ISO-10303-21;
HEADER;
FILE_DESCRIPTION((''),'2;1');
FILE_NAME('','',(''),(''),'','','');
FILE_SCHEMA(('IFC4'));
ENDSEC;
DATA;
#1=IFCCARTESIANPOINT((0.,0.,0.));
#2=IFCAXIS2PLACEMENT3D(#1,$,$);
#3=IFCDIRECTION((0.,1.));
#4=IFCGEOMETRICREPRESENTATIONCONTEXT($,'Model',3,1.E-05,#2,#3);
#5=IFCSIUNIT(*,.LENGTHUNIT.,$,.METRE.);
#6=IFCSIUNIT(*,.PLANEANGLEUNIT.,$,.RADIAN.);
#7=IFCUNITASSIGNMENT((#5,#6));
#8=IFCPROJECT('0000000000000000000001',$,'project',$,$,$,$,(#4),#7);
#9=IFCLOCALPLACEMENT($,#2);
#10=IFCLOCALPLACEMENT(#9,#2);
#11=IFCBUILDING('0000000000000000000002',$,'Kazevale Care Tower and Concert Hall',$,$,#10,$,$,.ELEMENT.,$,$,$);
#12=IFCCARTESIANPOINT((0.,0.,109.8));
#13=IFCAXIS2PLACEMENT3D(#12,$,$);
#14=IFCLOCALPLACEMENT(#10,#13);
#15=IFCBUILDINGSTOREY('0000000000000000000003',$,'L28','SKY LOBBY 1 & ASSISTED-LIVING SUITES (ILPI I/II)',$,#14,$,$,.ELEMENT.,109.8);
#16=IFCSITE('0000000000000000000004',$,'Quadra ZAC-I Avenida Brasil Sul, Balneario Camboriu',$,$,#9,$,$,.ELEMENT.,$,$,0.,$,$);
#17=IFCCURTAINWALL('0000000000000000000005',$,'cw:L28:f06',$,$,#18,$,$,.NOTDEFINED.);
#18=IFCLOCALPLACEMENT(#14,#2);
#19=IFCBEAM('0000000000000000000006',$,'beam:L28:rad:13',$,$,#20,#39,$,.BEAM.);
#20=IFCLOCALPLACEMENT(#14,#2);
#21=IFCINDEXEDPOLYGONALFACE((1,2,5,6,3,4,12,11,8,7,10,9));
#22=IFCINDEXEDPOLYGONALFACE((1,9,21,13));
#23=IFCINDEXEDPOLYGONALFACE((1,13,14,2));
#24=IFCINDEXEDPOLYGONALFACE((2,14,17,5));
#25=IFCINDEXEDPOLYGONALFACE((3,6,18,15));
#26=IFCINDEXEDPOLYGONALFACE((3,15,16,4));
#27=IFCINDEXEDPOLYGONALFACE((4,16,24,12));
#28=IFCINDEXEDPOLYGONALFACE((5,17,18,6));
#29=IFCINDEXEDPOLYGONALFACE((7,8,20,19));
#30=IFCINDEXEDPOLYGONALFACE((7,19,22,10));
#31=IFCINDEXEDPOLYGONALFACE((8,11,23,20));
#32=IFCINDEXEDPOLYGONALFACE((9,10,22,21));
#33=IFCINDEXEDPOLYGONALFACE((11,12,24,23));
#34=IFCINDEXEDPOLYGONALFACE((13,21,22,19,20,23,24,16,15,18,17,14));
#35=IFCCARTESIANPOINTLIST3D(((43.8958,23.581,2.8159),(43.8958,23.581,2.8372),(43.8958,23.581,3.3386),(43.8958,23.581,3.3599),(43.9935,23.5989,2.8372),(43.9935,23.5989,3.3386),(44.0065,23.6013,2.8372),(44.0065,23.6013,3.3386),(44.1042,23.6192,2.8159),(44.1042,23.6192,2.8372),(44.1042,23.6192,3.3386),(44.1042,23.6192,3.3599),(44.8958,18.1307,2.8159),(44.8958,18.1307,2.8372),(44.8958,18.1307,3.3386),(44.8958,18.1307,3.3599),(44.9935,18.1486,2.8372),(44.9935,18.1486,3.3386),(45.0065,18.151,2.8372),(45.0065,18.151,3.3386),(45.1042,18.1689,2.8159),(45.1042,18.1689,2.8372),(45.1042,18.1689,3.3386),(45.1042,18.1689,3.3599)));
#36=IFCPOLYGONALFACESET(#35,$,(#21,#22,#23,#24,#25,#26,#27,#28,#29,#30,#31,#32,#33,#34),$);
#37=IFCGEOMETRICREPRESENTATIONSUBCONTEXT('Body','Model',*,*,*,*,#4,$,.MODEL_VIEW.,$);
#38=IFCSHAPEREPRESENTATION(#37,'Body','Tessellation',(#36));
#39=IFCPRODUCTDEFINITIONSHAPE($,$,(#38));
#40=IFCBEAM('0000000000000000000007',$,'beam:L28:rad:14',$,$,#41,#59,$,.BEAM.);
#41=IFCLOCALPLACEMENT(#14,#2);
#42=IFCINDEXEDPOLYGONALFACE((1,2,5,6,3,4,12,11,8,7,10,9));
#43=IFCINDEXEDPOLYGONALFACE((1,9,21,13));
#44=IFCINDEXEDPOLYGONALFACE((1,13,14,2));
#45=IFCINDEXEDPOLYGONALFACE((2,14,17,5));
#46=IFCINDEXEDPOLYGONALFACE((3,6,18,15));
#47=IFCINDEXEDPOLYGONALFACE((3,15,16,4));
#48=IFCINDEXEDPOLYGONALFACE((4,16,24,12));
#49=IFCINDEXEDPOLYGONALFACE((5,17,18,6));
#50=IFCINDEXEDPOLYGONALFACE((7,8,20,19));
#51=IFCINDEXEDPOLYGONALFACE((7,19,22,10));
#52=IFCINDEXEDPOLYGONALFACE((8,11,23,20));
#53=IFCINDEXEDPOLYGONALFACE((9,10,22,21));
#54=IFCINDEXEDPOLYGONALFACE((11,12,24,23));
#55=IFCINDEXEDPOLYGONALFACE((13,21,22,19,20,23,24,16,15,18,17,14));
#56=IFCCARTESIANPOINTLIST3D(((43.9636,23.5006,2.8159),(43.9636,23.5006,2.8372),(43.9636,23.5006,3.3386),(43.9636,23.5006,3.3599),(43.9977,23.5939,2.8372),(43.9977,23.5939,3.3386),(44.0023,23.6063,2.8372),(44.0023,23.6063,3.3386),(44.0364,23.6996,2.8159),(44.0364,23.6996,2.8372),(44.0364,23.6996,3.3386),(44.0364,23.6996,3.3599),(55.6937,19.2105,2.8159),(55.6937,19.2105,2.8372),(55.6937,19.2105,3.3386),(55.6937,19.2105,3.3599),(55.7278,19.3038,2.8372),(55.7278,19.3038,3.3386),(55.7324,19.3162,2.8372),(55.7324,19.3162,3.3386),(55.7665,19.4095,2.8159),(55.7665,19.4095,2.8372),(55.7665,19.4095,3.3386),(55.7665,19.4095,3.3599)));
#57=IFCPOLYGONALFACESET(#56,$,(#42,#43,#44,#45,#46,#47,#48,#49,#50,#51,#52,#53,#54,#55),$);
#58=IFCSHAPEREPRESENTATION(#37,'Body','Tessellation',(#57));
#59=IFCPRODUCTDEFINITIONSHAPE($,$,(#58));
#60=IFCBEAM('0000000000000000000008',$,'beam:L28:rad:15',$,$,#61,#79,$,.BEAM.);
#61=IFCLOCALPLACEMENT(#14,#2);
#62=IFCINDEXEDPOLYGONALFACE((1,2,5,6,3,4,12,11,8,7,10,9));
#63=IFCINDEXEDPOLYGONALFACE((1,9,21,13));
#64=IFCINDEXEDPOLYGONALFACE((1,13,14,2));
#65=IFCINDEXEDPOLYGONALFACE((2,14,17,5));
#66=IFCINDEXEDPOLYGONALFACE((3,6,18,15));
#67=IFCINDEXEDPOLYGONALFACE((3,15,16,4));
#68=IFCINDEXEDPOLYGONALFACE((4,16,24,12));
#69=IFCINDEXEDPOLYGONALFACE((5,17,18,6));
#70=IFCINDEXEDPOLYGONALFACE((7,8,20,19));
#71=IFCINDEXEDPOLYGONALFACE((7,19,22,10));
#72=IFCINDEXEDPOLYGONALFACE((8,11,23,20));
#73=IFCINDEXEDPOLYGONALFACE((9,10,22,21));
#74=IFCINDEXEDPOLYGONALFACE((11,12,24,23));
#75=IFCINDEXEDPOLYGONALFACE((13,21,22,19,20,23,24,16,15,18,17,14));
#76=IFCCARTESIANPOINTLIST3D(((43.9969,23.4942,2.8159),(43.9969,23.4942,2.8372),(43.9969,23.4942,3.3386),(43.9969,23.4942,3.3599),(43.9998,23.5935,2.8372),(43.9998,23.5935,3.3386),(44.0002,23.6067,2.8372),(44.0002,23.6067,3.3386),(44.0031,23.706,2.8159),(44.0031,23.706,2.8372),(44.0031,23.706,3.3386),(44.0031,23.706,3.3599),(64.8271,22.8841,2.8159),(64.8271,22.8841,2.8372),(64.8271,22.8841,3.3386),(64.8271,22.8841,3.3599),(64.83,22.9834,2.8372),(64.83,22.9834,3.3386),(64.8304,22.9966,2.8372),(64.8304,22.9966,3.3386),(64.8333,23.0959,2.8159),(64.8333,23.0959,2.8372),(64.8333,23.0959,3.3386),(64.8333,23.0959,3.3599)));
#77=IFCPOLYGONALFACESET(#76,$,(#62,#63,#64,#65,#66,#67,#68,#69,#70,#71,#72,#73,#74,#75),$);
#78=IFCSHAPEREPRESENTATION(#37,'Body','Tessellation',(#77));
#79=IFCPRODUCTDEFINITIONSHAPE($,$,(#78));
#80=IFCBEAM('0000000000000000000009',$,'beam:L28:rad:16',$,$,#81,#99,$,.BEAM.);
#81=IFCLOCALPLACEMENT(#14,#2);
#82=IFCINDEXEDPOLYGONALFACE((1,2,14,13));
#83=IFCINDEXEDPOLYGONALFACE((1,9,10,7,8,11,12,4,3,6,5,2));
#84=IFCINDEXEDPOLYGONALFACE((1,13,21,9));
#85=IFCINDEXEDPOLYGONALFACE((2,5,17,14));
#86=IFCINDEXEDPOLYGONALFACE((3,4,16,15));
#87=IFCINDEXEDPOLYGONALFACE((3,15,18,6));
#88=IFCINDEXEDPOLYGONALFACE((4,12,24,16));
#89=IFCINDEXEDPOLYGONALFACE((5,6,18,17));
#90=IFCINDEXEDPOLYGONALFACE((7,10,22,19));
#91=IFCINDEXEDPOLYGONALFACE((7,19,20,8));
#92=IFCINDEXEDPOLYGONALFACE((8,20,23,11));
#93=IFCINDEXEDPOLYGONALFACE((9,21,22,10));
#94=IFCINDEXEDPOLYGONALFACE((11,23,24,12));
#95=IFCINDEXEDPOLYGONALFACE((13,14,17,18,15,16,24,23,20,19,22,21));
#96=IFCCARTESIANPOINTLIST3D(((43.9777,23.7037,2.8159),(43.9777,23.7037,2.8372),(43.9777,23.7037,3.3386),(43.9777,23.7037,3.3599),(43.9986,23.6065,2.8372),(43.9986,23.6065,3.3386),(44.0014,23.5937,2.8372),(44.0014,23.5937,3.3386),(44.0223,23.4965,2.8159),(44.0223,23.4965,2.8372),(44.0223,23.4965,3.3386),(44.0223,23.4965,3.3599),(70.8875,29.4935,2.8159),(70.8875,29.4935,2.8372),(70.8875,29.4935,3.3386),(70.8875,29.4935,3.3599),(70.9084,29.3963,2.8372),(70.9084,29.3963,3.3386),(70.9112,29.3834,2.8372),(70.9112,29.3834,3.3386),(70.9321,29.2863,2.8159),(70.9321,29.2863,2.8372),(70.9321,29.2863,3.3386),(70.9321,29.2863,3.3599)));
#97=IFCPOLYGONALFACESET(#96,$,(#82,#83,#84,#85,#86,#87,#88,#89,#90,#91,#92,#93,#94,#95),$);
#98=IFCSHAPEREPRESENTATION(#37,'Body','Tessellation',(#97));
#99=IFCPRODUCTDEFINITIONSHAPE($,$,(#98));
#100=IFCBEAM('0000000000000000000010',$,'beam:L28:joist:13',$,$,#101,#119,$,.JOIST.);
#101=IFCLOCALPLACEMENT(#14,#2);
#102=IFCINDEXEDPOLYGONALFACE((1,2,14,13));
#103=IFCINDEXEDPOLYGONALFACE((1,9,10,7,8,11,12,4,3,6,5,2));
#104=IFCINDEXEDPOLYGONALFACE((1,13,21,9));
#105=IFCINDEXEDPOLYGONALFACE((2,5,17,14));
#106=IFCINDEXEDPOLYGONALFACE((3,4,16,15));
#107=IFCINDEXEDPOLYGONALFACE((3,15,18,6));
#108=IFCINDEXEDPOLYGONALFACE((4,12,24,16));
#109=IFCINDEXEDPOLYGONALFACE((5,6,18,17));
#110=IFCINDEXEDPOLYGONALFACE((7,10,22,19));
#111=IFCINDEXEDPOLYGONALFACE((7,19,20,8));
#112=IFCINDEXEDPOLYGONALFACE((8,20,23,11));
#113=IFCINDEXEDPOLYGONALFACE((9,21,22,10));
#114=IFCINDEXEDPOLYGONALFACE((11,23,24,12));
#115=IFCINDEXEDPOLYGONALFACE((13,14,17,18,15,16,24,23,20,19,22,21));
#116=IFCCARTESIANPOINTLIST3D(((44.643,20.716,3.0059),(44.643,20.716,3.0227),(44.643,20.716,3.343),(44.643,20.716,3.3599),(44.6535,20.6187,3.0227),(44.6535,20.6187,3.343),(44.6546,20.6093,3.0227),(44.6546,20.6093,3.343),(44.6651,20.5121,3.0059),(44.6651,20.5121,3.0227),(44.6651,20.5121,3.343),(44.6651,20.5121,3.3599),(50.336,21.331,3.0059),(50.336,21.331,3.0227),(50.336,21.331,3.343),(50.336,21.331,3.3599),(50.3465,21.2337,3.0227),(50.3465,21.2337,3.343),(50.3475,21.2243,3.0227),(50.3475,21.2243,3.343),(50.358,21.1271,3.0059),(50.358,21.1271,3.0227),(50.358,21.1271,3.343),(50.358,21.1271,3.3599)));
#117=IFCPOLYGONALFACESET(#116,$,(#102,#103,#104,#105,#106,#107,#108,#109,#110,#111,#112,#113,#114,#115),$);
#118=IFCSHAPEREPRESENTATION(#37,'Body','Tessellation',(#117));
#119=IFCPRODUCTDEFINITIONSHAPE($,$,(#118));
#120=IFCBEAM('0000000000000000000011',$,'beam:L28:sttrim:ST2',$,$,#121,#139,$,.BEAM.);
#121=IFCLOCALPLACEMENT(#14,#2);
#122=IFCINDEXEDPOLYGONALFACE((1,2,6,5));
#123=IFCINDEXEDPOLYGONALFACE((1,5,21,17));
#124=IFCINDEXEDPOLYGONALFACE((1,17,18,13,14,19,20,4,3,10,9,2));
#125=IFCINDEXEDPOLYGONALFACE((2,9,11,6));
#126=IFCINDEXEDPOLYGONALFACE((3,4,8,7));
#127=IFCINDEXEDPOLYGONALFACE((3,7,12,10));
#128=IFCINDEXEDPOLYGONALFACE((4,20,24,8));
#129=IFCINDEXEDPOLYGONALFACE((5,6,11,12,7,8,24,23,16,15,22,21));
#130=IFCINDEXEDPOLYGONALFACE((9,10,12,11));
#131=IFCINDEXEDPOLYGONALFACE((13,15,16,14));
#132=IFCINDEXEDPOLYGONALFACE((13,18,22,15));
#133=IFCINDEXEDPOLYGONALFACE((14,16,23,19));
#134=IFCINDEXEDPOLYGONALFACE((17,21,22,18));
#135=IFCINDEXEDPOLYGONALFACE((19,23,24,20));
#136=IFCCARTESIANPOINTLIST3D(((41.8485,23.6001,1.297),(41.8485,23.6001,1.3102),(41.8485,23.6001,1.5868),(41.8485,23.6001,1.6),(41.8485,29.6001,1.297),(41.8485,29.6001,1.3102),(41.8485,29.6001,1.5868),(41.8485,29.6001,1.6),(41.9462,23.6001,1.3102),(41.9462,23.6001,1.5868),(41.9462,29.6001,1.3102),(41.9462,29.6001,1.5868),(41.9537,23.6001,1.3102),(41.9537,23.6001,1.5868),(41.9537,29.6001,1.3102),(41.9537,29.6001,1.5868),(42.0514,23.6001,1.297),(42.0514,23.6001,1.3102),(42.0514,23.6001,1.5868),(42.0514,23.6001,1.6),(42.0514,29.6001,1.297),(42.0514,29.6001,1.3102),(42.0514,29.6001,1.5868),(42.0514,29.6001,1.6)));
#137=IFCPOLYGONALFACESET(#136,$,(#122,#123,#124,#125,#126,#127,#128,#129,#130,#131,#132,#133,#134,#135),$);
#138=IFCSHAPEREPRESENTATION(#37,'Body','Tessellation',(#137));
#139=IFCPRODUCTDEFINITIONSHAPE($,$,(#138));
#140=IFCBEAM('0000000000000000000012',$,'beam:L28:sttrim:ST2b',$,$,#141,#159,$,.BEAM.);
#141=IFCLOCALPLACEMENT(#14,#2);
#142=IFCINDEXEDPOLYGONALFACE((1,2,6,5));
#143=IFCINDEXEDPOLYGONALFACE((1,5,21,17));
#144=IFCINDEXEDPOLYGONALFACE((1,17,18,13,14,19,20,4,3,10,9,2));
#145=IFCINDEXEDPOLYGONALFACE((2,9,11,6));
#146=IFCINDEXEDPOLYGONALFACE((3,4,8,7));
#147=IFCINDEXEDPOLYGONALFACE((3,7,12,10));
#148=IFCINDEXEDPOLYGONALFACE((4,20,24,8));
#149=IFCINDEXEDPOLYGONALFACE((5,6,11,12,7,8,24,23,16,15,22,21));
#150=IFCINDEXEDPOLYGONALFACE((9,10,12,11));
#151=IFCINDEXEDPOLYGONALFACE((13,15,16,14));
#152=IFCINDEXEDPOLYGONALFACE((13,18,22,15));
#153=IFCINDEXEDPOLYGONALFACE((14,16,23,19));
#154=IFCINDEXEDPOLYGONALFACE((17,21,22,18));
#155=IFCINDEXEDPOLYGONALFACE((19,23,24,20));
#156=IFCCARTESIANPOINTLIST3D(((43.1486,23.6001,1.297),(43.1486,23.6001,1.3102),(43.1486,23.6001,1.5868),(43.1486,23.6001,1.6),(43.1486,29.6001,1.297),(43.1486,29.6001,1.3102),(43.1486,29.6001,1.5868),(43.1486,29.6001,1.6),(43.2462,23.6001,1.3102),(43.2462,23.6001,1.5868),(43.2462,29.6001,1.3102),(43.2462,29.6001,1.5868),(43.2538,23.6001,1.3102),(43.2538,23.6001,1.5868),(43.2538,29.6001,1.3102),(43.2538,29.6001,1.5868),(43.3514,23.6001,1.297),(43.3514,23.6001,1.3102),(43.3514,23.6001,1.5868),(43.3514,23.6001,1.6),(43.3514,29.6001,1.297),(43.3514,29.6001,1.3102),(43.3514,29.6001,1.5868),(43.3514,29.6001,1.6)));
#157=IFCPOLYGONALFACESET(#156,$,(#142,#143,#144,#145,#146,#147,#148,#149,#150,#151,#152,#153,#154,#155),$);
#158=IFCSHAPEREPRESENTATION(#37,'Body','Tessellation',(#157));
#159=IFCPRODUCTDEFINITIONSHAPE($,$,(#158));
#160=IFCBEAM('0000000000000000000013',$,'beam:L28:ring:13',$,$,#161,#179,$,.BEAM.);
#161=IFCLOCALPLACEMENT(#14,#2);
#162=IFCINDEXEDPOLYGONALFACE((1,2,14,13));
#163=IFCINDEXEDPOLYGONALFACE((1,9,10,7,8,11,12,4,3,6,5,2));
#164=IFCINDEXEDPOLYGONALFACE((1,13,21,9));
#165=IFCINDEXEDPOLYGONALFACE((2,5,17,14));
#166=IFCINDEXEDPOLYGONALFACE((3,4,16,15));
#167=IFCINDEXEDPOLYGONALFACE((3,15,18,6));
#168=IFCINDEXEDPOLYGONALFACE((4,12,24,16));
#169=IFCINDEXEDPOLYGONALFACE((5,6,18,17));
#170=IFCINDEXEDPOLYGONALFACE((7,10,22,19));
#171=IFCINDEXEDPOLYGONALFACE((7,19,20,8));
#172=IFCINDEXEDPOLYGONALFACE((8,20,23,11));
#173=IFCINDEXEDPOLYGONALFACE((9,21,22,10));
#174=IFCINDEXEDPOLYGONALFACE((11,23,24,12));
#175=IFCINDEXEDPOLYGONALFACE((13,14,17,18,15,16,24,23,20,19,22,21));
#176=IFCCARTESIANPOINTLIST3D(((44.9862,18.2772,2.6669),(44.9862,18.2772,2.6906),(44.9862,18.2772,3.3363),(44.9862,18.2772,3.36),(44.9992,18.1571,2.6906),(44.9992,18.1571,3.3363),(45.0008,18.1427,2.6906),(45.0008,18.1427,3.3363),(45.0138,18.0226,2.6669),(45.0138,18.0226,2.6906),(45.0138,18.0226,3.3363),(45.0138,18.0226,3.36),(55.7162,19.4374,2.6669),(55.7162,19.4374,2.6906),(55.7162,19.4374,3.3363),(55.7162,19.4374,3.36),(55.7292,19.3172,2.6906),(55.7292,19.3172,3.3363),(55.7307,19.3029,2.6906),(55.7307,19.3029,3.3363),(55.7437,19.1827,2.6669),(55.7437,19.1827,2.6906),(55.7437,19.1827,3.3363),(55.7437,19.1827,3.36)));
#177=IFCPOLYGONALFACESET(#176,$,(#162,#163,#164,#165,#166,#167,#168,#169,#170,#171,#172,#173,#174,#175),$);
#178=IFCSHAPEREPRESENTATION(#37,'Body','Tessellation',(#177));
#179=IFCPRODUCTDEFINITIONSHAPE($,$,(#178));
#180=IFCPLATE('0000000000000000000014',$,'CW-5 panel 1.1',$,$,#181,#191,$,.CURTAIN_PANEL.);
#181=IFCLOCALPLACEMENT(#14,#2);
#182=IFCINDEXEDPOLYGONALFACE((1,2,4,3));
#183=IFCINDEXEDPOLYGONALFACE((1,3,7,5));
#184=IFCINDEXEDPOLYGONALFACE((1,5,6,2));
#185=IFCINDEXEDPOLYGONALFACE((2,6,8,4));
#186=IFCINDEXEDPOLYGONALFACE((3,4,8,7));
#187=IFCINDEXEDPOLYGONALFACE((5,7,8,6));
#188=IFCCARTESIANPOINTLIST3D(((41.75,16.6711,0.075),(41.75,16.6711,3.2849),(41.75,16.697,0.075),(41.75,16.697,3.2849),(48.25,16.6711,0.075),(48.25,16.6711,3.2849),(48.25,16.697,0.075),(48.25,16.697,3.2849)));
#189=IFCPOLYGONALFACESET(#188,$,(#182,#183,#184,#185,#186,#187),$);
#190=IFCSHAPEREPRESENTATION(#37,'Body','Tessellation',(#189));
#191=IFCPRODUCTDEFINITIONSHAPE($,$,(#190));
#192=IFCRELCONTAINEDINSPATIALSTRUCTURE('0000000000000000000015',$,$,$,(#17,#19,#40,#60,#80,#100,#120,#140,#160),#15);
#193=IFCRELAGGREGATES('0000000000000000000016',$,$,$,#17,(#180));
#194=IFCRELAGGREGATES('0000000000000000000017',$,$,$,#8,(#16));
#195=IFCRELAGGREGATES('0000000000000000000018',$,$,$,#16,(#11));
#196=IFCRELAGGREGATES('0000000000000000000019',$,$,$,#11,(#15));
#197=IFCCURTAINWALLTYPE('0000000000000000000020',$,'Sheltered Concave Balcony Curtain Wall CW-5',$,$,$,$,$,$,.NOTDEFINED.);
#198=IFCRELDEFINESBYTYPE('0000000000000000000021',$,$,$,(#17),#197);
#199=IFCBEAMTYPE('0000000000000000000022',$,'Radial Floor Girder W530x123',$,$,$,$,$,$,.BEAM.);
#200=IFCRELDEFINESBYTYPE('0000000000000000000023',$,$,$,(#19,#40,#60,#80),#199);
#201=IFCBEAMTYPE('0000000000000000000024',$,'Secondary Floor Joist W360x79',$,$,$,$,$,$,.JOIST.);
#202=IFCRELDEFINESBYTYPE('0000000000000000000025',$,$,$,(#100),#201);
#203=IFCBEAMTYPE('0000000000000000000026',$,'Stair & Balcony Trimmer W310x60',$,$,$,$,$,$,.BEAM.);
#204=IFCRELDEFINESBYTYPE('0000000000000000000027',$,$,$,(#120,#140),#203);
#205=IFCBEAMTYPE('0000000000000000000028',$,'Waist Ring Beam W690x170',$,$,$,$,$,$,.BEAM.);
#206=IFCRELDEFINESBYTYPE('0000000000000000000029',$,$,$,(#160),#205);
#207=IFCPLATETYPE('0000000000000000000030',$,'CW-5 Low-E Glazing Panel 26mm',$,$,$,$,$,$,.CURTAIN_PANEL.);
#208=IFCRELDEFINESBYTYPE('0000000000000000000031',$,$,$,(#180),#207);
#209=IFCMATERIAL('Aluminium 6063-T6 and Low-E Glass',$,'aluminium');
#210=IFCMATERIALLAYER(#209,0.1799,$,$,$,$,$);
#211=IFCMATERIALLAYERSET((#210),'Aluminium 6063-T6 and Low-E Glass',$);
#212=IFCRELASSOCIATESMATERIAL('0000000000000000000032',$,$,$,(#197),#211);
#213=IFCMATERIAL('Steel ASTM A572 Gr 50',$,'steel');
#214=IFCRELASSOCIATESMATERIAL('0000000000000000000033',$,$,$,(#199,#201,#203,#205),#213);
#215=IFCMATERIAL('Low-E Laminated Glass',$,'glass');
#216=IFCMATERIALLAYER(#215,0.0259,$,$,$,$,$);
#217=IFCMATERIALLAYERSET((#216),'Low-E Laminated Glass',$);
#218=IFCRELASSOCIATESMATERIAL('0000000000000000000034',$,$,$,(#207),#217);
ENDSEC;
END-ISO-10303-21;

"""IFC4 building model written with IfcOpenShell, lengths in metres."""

from ifc_helpers import new_model, si_unit, direction, frame, origin, origin_2d, place, context, subcontext, project, spatial, rectangle, i_section, extrude, material, layer, layer_set, material_profile, profile_set, type_object, element, aggregate, save


model = new_model("IFC4")

# Units and contexts
model_context = context("Model", 3, precision=1e-05, world=origin(), true_north=direction((0.0, 1.0)))
body_context = subcontext(model_context, "Body", "Model", "MODEL_VIEW")
ifc_project = project(units=[si_unit("LENGTHUNIT", "METRE"), si_unit("PLANEANGLEUNIT", "RADIAN")], contexts=[model_context])

# Site, building, storey
site_placement = place(None, origin())
site = spatial("IfcSite", under=ifc_project, at=site_placement, Name="Quadra ZAC-I Avenida Brasil Sul, Balneario Camboriu", CompositionType="ELEMENT", RefElevation=0.0)
building_placement = place(site_placement, origin())
building = spatial("IfcBuilding", under=site, at=building_placement, Name="Kazevale Care Tower and Concert Hall", CompositionType="ELEMENT")
storey_placement = place(building_placement, frame((0.0, 0.0, 109.8)))
storey = spatial("IfcBuildingStorey", under=building, at=storey_placement, Name="L28", Description="SKY LOBBY 1 & ASSISTED-LIVING SUITES (ILPI I/II)", CompositionType="ELEMENT", Elevation=109.8)

# Curtain wall
ifc_material_1 = material(Name="Aluminium 6063-T6 and Low-E Glass", Category="aluminium")
ifc_layer_1 = layer(ifc_material_1, 0.1799)
ifc_layer_set_1 = layer_set([ifc_layer_1], Name="Aluminium 6063-T6 and Low-E Glass")
curtain_wall_type = type_object("IfcCurtainWallType", Name="Sheltered Concave Balcony Curtain Wall CW-5", PredefinedType="NOTDEFINED", material=ifc_layer_set_1)
curtain_wall_1_placement = place(storey_placement, origin())
curtain_wall_1 = element("IfcCurtainWall", 1, at=curtain_wall_1_placement, inside=storey, type_object=curtain_wall_type, Name="cw:L28:f06", PredefinedType="NOTDEFINED")

# Beams
ifc_material_2 = material(Name="Steel ASTM A572 Gr 50", Category="steel")
ifc_material_profile_1 = material_profile(ifc_material_2, i_section(OverallWidth=0.2119, OverallDepth=0.5439, WebThickness=0.0132, FlangeThickness=0.0212, at=origin_2d()), Name="W530x123")
ifc_profile_set_1 = profile_set([ifc_material_profile_1], Name="Steel ASTM A572 Gr 50")
beam_type_1 = type_object("IfcBeamType", Name="Radial Floor Girder W530x123", PredefinedType="BEAM", material=ifc_profile_set_1)
beam_1_placement = place(storey_placement, frame((44.0, 23.6001, 3.0879), z_axis=(0.180467, -0.983581, 0.0), x_axis=(0.983581, 0.180467, 0.0)))
element("IfcBeam", 2, at=beam_1_placement, inside=storey, type_object=beam_type_1, Name="beam:L28:rad:13", PredefinedType="BEAM", context=body_context, shape_type="SweptSolid", body=[
    extrude(i_section(OverallWidth=0.2119, OverallDepth=0.5439, WebThickness=0.0132, FlangeThickness=0.0212, at=origin_2d()), origin(), (0.0, 0.0, 1.0), 5.5413),
])
beam_2_placement = place(storey_placement, frame((44.0, 23.6001, 3.0879), z_axis=(0.939159, -0.343481, 0.0), x_axis=(0.343481, 0.939159, 0.0)))
element("IfcBeam", 3, at=beam_2_placement, inside=storey, type_object=beam_type_1, Name="beam:L28:rad:14", PredefinedType="BEAM", context=body_context, shape_type="SweptSolid", body=[
    extrude(i_section(OverallWidth=0.2119, OverallDepth=0.5439, WebThickness=0.0132, FlangeThickness=0.0212, at=origin_2d()), origin(), (0.0, 0.0, 1.0), 12.49),
])
beam_3_placement = place(storey_placement, frame((44.0, 23.6001, 3.0879), z_axis=(0.999571, -0.029277, 0.0), x_axis=(0.029277, 0.999571, 0.0)))
element("IfcBeam", 4, at=beam_3_placement, inside=storey, type_object=beam_type_1, Name="beam:L28:rad:15", PredefinedType="BEAM", context=body_context, shape_type="SweptSolid", body=[
    extrude(i_section(OverallWidth=0.2119, OverallDepth=0.5439, WebThickness=0.0132, FlangeThickness=0.0212, at=origin_2d()), origin(), (0.0, 0.0, 1.0), 20.8391),
])
beam_4_placement = place(storey_placement, frame((44.0, 23.6001, 3.0879), z_axis=(0.977628, 0.210341, 0.0), x_axis=(-0.210341, 0.977628, 0.0)))
element("IfcBeam", 5, at=beam_4_placement, inside=storey, type_object=beam_type_1, Name="beam:L28:rad:16", PredefinedType="BEAM", context=body_context, shape_type="SweptSolid", body=[
    extrude(i_section(OverallWidth=0.2119, OverallDepth=0.5439, WebThickness=0.0132, FlangeThickness=0.0212, at=origin_2d()), origin(), (0.0, 0.0, 1.0), 27.5256),
])
ifc_material_profile_2 = material_profile(ifc_material_2, i_section(OverallWidth=0.2051, OverallDepth=0.354, WebThickness=0.0095, FlangeThickness=0.0168, at=origin_2d()), Name="W360x79")
ifc_profile_set_2 = profile_set([ifc_material_profile_2], Name="Steel ASTM A572 Gr 50")
beam_type_2 = type_object("IfcBeamType", Name="Secondary Floor Joist W360x79", PredefinedType="JOIST", material=ifc_profile_set_2)
beam_5_placement = place(storey_placement, frame((44.6541, 20.614, 3.1829), z_axis=(0.994216, 0.107403, 0.0), x_axis=(-0.107403, 0.994216, 0.0)))
element("IfcBeam", 6, at=beam_5_placement, inside=storey, type_object=beam_type_2, Name="beam:L28:joist:13", PredefinedType="JOIST", context=body_context, shape_type="SweptSolid", body=[
    extrude(i_section(OverallWidth=0.2051, OverallDepth=0.354, WebThickness=0.0095, FlangeThickness=0.0168, at=origin_2d()), origin(), (0.0, 0.0, 1.0), 5.7261),
])
ifc_material_profile_3 = material_profile(ifc_material_2, i_section(OverallWidth=0.2029, OverallDepth=0.303, WebThickness=0.0076, FlangeThickness=0.0132, at=origin_2d()), Name="W310x60")
ifc_profile_set_3 = profile_set([ifc_material_profile_3], Name="Steel ASTM A572 Gr 50")
beam_type_3 = type_object("IfcBeamType", Name="Stair & Balcony Trimmer W310x60", PredefinedType="BEAM", material=ifc_profile_set_3)
for number, where, z_axis, x_axis, name in (
    (7, (41.95, 23.6001, 1.4485), (0.0, 1.0, 0.0), (-1.0, 0.0, 0.0), "beam:L28:sttrim:ST2"),
    (8, (43.25, 23.6001, 1.4485), (0.0, 1.0, 0.0), (-1.0, 0.0, 0.0), "beam:L28:sttrim:ST2b"),
):
    element("IfcBeam", number, at=place(storey_placement, frame(where, z_axis=z_axis, x_axis=x_axis)), inside=storey, type_object=beam_type_3, Name=name, PredefinedType="BEAM", context=body_context, shape_type="SweptSolid", body=[
        extrude(i_section(OverallWidth=0.2029, OverallDepth=0.303, WebThickness=0.0076, FlangeThickness=0.0132, at=origin_2d()), origin(), (0.0, 0.0, 1.0), 6.0),
    ])
ifc_material_profile_4 = material_profile(ifc_material_2, i_section(OverallWidth=0.2561, OverallDepth=0.6931, WebThickness=0.0144, FlangeThickness=0.0237, at=origin_2d()), Name="W690x170")
ifc_profile_set_4 = profile_set([ifc_material_profile_4], Name="Steel ASTM A572 Gr 50")
beam_type_4 = type_object("IfcBeamType", Name="Waist Ring Beam W690x170", PredefinedType="BEAM", material=ifc_profile_set_4)
beam_6_placement = place(storey_placement, frame((45.0, 18.1499, 3.0134), z_axis=(0.994205, 0.107496, 0.0), x_axis=(-0.107496, 0.994205, 0.0)))
element("IfcBeam", 9, at=beam_6_placement, inside=storey, type_object=beam_type_4, Name="beam:L28:ring:13", PredefinedType="BEAM", context=body_context, shape_type="SweptSolid", body=[
    extrude(i_section(OverallWidth=0.2561, OverallDepth=0.6931, WebThickness=0.0144, FlangeThickness=0.0237, at=origin_2d()), origin(), (0.0, 0.0, 1.0), 10.7925),
])

# Plate
ifc_material_3 = material(Name="Low-E Laminated Glass", Category="glass")
ifc_layer_2 = layer(ifc_material_3, 0.0259)
ifc_layer_set_2 = layer_set([ifc_layer_2], Name="Low-E Laminated Glass")
plate_type = type_object("IfcPlateType", Name="CW-5 Low-E Glazing Panel 26mm", PredefinedType="CURTAIN_PANEL", material=ifc_layer_set_2)
plate_1_placement = place(storey_placement, frame((45.0, 16.6841, 0.075), z_axis=(0.0, 0.0, 1.0), x_axis=(-1.0, 0.0, 0.0)))
plate_1 = element("IfcPlate", 10, at=plate_1_placement, type_object=plate_type, Name="CW-5 panel 1.1", PredefinedType="CURTAIN_PANEL", context=body_context, shape_type="SweptSolid", body=[
    extrude(rectangle(XDim=6.5, YDim=0.0259, at=origin_2d()), origin(), (0.0, 0.0, 1.0), 3.21),
])
aggregate(curtain_wall_1, [plate_1])

save(model, "model.ifc")
